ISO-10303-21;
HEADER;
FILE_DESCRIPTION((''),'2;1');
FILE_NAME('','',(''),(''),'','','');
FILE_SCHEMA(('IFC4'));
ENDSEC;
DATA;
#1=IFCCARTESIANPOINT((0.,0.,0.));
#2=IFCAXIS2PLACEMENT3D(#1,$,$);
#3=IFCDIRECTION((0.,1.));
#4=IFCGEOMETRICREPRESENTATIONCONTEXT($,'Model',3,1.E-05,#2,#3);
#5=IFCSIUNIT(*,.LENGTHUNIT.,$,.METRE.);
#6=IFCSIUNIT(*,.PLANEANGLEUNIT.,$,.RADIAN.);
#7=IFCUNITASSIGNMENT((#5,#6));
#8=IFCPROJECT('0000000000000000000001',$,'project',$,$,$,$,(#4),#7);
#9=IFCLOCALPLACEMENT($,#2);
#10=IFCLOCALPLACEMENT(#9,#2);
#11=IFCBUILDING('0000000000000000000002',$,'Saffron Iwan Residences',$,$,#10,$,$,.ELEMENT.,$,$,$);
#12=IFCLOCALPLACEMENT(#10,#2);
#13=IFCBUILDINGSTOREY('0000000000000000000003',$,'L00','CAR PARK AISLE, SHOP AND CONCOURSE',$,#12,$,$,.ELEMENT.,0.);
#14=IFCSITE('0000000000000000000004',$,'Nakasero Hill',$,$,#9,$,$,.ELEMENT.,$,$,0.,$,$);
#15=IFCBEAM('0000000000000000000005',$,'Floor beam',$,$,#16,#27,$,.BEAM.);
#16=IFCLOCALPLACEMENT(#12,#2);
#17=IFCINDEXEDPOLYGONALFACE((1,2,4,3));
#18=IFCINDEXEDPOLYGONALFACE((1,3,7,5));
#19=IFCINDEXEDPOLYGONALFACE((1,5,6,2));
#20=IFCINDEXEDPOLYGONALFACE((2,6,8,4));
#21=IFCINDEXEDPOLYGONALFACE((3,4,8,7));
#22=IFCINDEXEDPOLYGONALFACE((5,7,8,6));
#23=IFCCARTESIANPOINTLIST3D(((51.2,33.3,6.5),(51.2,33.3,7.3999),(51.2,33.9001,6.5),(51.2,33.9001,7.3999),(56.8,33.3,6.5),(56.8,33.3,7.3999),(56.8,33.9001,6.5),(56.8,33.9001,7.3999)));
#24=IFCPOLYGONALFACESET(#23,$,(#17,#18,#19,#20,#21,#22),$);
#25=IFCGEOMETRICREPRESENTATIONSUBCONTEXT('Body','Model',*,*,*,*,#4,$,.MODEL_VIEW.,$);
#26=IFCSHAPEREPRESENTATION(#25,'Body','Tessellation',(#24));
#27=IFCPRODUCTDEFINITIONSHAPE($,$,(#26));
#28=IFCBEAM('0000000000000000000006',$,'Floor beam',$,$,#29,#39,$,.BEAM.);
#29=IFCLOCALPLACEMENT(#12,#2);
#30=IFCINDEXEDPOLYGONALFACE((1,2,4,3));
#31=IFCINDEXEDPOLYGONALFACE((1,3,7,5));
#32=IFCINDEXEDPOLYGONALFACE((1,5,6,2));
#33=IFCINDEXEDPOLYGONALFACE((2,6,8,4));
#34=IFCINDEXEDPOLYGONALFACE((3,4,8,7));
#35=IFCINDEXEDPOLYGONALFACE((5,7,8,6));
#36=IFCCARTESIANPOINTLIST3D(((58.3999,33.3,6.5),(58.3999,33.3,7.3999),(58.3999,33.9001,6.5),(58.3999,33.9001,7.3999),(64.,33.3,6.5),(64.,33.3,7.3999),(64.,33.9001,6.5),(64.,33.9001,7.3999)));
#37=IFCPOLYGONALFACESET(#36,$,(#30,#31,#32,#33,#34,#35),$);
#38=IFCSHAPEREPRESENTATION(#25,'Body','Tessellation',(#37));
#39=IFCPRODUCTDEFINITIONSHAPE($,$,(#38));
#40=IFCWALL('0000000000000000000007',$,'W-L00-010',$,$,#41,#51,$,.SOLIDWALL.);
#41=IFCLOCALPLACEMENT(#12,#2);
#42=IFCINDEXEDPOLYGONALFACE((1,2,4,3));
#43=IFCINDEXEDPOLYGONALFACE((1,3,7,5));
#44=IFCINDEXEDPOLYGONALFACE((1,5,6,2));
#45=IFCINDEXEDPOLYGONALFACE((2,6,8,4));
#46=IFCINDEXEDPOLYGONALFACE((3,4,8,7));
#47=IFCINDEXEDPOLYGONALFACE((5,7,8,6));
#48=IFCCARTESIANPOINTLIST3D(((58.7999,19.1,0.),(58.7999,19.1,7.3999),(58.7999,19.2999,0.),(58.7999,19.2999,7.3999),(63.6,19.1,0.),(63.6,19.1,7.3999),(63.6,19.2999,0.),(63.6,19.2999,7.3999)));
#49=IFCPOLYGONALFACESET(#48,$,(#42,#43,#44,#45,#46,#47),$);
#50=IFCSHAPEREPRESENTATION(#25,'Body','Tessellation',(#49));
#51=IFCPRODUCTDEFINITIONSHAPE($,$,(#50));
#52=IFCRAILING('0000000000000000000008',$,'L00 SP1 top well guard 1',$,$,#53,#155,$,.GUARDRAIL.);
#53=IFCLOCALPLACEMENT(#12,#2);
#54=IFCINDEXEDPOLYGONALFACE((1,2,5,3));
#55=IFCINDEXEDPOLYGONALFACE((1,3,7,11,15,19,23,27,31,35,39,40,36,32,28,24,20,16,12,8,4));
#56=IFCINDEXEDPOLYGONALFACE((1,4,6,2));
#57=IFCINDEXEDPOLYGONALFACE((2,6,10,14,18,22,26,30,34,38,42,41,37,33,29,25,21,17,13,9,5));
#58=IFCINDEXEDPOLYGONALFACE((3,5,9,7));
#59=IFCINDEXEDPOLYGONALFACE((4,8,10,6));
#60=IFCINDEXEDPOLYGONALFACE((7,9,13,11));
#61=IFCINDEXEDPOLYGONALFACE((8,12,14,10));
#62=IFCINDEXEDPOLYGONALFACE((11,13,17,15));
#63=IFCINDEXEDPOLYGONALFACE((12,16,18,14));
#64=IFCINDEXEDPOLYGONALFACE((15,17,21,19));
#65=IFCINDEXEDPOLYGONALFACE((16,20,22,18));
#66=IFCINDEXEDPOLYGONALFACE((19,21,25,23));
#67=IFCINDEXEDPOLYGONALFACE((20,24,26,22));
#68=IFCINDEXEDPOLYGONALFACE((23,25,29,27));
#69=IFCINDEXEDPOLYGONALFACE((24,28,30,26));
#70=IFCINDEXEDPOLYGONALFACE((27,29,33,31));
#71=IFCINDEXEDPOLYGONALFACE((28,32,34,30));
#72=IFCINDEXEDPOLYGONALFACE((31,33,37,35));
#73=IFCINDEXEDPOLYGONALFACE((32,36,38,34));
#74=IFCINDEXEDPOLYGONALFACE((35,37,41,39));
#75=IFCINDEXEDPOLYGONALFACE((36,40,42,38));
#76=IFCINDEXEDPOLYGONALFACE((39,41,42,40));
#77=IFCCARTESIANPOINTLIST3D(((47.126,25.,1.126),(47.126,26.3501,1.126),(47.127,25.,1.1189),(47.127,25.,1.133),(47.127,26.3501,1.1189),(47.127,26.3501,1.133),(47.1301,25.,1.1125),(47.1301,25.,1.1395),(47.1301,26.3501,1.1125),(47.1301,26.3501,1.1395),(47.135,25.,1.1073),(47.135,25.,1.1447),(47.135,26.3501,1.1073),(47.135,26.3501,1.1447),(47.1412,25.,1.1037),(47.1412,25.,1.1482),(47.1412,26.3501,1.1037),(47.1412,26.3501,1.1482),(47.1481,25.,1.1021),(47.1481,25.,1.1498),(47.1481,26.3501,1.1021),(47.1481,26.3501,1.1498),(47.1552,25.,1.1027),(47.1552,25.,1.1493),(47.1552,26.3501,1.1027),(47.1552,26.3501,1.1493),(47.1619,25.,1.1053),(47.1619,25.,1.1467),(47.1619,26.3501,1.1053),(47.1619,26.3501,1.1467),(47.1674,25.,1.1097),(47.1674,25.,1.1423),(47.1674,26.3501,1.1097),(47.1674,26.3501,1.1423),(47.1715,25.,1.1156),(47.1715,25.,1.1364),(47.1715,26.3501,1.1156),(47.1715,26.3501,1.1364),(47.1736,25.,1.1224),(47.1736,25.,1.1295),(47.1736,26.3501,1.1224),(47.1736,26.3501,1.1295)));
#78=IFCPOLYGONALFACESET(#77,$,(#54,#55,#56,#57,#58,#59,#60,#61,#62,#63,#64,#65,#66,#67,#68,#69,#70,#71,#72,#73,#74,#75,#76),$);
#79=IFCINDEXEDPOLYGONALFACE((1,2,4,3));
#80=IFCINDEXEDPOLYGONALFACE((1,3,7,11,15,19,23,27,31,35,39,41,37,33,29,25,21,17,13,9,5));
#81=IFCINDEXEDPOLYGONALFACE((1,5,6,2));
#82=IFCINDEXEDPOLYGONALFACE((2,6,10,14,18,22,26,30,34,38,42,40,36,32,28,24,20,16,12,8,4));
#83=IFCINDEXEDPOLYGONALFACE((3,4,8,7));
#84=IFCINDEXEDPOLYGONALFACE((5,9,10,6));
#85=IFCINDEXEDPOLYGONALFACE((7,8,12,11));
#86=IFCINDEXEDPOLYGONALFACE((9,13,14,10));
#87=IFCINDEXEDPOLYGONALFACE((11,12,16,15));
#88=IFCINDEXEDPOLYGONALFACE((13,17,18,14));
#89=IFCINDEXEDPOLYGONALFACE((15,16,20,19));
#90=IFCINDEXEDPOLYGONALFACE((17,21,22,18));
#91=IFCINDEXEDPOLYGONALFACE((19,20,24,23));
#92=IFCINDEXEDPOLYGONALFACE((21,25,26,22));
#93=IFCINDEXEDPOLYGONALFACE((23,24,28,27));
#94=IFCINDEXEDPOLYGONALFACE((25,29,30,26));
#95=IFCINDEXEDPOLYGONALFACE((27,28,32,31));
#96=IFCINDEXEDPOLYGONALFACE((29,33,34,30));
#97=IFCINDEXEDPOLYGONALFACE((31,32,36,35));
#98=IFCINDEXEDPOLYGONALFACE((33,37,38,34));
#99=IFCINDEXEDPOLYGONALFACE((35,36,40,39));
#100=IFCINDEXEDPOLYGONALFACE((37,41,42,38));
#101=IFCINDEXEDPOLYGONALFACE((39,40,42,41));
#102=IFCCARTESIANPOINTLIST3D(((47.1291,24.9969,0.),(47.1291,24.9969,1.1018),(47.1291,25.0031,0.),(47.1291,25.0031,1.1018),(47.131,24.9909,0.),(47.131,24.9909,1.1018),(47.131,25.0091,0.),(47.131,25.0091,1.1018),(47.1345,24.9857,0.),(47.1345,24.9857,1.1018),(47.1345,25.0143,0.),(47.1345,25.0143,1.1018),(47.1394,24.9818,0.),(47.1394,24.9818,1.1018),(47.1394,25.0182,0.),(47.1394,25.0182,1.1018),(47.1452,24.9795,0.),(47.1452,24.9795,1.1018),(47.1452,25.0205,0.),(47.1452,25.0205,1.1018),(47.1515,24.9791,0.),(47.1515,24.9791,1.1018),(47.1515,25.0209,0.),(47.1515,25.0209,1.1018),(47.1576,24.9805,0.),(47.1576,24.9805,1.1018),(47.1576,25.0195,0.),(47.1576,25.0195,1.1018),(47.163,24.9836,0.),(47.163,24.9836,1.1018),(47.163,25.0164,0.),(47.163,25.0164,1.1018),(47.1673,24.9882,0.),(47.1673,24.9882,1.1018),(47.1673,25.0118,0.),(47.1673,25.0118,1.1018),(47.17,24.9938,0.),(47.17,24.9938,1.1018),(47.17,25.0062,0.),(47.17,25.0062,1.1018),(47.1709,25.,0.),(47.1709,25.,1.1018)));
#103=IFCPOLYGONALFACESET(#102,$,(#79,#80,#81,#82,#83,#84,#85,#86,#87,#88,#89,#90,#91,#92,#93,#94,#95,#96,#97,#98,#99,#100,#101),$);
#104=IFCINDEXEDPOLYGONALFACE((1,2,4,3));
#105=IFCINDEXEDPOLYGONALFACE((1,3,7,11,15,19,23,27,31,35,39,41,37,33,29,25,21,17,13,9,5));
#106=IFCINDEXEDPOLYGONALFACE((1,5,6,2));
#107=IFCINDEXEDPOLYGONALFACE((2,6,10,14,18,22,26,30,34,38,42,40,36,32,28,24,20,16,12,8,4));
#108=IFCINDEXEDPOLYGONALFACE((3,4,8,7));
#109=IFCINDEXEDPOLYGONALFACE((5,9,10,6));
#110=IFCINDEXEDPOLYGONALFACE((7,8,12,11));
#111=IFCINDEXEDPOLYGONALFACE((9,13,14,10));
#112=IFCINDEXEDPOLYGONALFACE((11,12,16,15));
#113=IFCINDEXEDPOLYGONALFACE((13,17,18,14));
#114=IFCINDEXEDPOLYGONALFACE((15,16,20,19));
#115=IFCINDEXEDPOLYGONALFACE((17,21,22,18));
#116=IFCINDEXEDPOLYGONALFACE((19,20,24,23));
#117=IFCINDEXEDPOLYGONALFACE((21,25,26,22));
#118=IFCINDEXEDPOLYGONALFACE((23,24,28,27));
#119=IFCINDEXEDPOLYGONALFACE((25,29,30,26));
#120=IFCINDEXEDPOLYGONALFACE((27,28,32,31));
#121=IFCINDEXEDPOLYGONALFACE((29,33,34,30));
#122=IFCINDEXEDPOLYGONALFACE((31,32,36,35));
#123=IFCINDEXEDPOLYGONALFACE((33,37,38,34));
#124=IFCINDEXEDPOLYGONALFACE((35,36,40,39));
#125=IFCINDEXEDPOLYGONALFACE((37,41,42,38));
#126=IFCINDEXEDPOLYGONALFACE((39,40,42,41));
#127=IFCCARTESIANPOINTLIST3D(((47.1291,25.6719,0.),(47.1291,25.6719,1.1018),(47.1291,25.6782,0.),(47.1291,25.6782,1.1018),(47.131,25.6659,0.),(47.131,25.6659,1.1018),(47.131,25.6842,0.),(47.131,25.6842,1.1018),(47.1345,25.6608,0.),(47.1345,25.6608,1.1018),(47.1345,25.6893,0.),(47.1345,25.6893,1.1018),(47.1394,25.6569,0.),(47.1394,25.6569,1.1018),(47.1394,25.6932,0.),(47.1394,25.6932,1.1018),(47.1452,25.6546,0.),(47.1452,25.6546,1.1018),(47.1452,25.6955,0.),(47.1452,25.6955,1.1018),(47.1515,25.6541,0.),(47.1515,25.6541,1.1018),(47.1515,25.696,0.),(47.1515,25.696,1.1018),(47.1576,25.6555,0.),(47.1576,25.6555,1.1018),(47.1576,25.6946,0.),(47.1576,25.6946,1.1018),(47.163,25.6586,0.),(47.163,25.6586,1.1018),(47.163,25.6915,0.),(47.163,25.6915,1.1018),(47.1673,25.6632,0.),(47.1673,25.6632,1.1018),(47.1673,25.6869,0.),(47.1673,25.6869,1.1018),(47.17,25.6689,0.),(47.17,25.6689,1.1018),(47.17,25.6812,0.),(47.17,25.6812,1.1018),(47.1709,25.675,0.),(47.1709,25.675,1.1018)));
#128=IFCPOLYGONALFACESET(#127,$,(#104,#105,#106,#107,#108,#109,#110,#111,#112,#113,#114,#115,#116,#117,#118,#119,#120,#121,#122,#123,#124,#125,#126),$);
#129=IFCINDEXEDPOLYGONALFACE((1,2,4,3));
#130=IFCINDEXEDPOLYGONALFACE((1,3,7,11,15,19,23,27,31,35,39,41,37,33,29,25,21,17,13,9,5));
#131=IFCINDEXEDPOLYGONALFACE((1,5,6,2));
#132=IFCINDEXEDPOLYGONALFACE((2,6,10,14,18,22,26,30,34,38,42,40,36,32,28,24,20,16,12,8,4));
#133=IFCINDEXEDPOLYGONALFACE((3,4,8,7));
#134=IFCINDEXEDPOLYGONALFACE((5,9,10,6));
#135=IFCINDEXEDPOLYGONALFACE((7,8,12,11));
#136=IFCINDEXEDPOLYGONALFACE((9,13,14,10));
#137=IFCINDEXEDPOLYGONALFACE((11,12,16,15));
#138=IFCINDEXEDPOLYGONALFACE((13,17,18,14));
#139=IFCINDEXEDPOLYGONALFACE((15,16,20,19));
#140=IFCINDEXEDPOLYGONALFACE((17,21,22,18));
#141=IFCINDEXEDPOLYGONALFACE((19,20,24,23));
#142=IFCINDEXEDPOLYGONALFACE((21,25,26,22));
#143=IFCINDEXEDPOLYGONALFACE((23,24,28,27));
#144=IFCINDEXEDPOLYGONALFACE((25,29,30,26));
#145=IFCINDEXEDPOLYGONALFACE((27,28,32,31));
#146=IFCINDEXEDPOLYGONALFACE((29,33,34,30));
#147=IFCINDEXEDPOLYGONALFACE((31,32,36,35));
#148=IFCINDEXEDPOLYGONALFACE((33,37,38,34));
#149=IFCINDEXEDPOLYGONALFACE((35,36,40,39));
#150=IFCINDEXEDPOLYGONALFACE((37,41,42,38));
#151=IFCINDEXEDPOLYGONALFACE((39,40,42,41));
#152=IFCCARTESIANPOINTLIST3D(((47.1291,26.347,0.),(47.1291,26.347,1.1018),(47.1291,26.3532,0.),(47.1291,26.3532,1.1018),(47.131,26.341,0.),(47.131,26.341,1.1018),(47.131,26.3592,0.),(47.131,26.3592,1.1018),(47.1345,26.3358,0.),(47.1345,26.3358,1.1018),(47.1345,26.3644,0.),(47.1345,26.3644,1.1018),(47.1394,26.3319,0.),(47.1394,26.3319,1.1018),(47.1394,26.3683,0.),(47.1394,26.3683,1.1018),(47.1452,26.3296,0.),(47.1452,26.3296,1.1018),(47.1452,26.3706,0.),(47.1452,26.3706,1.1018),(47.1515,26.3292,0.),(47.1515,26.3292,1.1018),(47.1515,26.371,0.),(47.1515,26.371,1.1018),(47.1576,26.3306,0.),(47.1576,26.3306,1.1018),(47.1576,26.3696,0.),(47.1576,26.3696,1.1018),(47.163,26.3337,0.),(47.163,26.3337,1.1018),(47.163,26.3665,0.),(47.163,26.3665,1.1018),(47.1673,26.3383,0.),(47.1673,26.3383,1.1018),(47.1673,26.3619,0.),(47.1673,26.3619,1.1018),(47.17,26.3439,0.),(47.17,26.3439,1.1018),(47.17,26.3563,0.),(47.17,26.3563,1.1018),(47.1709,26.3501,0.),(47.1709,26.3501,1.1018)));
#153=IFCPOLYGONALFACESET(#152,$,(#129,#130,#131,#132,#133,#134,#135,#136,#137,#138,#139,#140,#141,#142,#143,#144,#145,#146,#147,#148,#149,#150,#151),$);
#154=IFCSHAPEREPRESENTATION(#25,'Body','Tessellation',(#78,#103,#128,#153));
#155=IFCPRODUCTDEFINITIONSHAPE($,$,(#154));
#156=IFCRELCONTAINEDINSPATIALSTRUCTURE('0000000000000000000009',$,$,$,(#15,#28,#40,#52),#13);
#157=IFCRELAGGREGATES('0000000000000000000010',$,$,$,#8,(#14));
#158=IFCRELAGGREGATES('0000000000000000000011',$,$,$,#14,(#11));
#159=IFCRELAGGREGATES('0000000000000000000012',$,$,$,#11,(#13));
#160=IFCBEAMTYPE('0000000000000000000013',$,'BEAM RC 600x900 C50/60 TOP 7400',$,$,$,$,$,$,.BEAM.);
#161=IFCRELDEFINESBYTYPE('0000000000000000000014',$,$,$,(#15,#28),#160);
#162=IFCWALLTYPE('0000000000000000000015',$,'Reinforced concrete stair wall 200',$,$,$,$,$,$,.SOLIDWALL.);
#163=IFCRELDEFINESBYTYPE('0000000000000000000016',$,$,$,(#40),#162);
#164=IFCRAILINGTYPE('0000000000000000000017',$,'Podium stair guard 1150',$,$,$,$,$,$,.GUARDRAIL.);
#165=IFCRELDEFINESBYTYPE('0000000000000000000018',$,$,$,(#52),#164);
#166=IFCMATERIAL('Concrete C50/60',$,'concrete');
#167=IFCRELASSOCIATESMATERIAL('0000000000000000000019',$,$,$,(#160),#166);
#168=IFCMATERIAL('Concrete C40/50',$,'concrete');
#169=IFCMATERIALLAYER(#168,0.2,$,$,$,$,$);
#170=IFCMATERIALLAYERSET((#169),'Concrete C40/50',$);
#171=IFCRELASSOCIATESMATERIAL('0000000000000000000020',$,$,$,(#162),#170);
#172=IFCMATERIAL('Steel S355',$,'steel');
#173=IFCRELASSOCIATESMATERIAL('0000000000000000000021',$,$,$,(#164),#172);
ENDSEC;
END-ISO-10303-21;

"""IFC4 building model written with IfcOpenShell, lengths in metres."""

from ifc_helpers import new_model, si_unit, direction, frame, frame_2d, origin, origin_2d, place, context, subcontext, project, spatial, rectangle, circle, extrude, source, transform, mapped, material, layer, layer_set, material_profile, profile_set, type_object, element, save


model = new_model("IFC4")

# Units and contexts
model_context = context("Model", 3, precision=1e-05, world=origin(), true_north=direction((0.0, 1.0)))
body_context = subcontext(model_context, "Body", "Model", "MODEL_VIEW")
ifc_project = project(units=[si_unit("LENGTHUNIT", "METRE"), si_unit("PLANEANGLEUNIT", "RADIAN")], contexts=[model_context])

# Site, building, storey
site_placement = place(None, origin())
site = spatial("IfcSite", under=ifc_project, at=site_placement, Name="Nakasero Hill", CompositionType="ELEMENT", RefElevation=0.0)
building_placement = place(site_placement, origin())
building = spatial("IfcBuilding", under=site, at=building_placement, Name="Saffron Iwan Residences", CompositionType="ELEMENT")
storey_placement = place(building_placement, origin())
storey = spatial("IfcBuildingStorey", under=building, at=storey_placement, Name="L00", Description="CAR PARK AISLE, SHOP AND CONCOURSE", CompositionType="ELEMENT", Elevation=0.0)

# Shared definitions
ifc_material_1 = material(Name="Concrete C50/60", Category="concrete")

# Beams
ifc_material_profile_1 = material_profile(ifc_material_1, rectangle(XDim=0.6001, YDim=0.8999, at=origin_2d()), Name="RC 600x900")
ifc_profile_set_1 = profile_set([ifc_material_profile_1], Name="Concrete C50/60")
beam_type_1 = type_object("IfcBeamType", Name="BEAM RC 600x900 C50/60 TOP 7400", PredefinedType="BEAM", material=ifc_profile_set_1)
shared_shape_1 = source(origin(), body_context, "Body", "SweptSolid", [
    extrude(rectangle(XDim=0.6001, YDim=0.8999, at=origin_2d()), origin(), (0.0, 0.0, 1.0), 5.6001),
])
for number, where, z_axis, x_axis, name in (
    (1, (51.2, 33.6001, 6.95), (1.0, 0.0, 0.0), (0.0, 1.0, 0.0), "Floor beam"),
    (2, (58.3999, 33.6001, 6.95), (1.0, 0.0, 0.0), (0.0, 1.0, 0.0), "Floor beam"),
):
    element("IfcBeam", number, at=place(storey_placement, frame(where, z_axis=z_axis, x_axis=x_axis)), inside=storey, type_object=beam_type_1, Name=name, PredefinedType="BEAM", context=body_context, shape_type="MappedRepresentation", body=[
        mapped(shared_shape_1, transform((0.0, 0.0, 0.0))),
    ])

# Wall
ifc_material_2 = material(Name="Concrete C40/50", Category="concrete")
ifc_layer = layer(ifc_material_2, 0.2)
ifc_layer_set = layer_set([ifc_layer], Name="Concrete C40/50")
wall_type = type_object("IfcWallType", Name="Reinforced concrete stair wall 200", PredefinedType="SOLIDWALL", material=ifc_layer_set)
wall_placement = place(storey_placement, frame((58.8, 19.2, 0.0), z_axis=(0.0, 0.0, 1.0), x_axis=(1.0, 0.0, 0.0)))
element("IfcWall", 3, at=wall_placement, inside=storey, type_object=wall_type, Name="W-L00-010", PredefinedType="SOLIDWALL", context=body_context, shape_type="SweptSolid", body=[
    extrude(rectangle(XDim=4.8, YDim=0.2, at=frame_2d((2.3999, 0.0))), origin(), (0.0, 0.0, 1.0), 7.3999),
])

# Railing
ifc_material_3 = material(Name="Steel S355", Category="steel")
railing_type_1 = type_object("IfcRailingType", Name="Podium stair guard 1150", PredefinedType="GUARDRAIL", material=ifc_material_3)
railing_1_placement = place(storey_placement, frame((47.1499, 25.0, 0.0)))
element("IfcRailing", 4, at=railing_1_placement, inside=storey, type_object=railing_type_1, Name="L00 SP1 top well guard 1", PredefinedType="GUARDRAIL", context=body_context, shape_type="SweptSolid", body=[
    extrude(circle(Radius=0.0239, at=origin_2d()), frame((0.0, 0.0, 1.126), z_axis=(0.0, 1.0, 0.0), x_axis=(-1.0, 0.0, 0.0)), (0.0, 0.0, 1.0), 1.3501),
    extrude(circle(Radius=0.021, at=origin_2d()), origin(), (0.0, 0.0, 1.0), 1.1018),
    extrude(circle(Radius=0.021, at=origin_2d()), frame((0.0, 0.675, 0.0)), (0.0, 0.0, 1.0), 1.1018),
    extrude(circle(Radius=0.021, at=origin_2d()), frame((0.0, 1.3501, 0.0)), (0.0, 0.0, 1.0), 1.1018),
])

save(model, "model.ifc")
